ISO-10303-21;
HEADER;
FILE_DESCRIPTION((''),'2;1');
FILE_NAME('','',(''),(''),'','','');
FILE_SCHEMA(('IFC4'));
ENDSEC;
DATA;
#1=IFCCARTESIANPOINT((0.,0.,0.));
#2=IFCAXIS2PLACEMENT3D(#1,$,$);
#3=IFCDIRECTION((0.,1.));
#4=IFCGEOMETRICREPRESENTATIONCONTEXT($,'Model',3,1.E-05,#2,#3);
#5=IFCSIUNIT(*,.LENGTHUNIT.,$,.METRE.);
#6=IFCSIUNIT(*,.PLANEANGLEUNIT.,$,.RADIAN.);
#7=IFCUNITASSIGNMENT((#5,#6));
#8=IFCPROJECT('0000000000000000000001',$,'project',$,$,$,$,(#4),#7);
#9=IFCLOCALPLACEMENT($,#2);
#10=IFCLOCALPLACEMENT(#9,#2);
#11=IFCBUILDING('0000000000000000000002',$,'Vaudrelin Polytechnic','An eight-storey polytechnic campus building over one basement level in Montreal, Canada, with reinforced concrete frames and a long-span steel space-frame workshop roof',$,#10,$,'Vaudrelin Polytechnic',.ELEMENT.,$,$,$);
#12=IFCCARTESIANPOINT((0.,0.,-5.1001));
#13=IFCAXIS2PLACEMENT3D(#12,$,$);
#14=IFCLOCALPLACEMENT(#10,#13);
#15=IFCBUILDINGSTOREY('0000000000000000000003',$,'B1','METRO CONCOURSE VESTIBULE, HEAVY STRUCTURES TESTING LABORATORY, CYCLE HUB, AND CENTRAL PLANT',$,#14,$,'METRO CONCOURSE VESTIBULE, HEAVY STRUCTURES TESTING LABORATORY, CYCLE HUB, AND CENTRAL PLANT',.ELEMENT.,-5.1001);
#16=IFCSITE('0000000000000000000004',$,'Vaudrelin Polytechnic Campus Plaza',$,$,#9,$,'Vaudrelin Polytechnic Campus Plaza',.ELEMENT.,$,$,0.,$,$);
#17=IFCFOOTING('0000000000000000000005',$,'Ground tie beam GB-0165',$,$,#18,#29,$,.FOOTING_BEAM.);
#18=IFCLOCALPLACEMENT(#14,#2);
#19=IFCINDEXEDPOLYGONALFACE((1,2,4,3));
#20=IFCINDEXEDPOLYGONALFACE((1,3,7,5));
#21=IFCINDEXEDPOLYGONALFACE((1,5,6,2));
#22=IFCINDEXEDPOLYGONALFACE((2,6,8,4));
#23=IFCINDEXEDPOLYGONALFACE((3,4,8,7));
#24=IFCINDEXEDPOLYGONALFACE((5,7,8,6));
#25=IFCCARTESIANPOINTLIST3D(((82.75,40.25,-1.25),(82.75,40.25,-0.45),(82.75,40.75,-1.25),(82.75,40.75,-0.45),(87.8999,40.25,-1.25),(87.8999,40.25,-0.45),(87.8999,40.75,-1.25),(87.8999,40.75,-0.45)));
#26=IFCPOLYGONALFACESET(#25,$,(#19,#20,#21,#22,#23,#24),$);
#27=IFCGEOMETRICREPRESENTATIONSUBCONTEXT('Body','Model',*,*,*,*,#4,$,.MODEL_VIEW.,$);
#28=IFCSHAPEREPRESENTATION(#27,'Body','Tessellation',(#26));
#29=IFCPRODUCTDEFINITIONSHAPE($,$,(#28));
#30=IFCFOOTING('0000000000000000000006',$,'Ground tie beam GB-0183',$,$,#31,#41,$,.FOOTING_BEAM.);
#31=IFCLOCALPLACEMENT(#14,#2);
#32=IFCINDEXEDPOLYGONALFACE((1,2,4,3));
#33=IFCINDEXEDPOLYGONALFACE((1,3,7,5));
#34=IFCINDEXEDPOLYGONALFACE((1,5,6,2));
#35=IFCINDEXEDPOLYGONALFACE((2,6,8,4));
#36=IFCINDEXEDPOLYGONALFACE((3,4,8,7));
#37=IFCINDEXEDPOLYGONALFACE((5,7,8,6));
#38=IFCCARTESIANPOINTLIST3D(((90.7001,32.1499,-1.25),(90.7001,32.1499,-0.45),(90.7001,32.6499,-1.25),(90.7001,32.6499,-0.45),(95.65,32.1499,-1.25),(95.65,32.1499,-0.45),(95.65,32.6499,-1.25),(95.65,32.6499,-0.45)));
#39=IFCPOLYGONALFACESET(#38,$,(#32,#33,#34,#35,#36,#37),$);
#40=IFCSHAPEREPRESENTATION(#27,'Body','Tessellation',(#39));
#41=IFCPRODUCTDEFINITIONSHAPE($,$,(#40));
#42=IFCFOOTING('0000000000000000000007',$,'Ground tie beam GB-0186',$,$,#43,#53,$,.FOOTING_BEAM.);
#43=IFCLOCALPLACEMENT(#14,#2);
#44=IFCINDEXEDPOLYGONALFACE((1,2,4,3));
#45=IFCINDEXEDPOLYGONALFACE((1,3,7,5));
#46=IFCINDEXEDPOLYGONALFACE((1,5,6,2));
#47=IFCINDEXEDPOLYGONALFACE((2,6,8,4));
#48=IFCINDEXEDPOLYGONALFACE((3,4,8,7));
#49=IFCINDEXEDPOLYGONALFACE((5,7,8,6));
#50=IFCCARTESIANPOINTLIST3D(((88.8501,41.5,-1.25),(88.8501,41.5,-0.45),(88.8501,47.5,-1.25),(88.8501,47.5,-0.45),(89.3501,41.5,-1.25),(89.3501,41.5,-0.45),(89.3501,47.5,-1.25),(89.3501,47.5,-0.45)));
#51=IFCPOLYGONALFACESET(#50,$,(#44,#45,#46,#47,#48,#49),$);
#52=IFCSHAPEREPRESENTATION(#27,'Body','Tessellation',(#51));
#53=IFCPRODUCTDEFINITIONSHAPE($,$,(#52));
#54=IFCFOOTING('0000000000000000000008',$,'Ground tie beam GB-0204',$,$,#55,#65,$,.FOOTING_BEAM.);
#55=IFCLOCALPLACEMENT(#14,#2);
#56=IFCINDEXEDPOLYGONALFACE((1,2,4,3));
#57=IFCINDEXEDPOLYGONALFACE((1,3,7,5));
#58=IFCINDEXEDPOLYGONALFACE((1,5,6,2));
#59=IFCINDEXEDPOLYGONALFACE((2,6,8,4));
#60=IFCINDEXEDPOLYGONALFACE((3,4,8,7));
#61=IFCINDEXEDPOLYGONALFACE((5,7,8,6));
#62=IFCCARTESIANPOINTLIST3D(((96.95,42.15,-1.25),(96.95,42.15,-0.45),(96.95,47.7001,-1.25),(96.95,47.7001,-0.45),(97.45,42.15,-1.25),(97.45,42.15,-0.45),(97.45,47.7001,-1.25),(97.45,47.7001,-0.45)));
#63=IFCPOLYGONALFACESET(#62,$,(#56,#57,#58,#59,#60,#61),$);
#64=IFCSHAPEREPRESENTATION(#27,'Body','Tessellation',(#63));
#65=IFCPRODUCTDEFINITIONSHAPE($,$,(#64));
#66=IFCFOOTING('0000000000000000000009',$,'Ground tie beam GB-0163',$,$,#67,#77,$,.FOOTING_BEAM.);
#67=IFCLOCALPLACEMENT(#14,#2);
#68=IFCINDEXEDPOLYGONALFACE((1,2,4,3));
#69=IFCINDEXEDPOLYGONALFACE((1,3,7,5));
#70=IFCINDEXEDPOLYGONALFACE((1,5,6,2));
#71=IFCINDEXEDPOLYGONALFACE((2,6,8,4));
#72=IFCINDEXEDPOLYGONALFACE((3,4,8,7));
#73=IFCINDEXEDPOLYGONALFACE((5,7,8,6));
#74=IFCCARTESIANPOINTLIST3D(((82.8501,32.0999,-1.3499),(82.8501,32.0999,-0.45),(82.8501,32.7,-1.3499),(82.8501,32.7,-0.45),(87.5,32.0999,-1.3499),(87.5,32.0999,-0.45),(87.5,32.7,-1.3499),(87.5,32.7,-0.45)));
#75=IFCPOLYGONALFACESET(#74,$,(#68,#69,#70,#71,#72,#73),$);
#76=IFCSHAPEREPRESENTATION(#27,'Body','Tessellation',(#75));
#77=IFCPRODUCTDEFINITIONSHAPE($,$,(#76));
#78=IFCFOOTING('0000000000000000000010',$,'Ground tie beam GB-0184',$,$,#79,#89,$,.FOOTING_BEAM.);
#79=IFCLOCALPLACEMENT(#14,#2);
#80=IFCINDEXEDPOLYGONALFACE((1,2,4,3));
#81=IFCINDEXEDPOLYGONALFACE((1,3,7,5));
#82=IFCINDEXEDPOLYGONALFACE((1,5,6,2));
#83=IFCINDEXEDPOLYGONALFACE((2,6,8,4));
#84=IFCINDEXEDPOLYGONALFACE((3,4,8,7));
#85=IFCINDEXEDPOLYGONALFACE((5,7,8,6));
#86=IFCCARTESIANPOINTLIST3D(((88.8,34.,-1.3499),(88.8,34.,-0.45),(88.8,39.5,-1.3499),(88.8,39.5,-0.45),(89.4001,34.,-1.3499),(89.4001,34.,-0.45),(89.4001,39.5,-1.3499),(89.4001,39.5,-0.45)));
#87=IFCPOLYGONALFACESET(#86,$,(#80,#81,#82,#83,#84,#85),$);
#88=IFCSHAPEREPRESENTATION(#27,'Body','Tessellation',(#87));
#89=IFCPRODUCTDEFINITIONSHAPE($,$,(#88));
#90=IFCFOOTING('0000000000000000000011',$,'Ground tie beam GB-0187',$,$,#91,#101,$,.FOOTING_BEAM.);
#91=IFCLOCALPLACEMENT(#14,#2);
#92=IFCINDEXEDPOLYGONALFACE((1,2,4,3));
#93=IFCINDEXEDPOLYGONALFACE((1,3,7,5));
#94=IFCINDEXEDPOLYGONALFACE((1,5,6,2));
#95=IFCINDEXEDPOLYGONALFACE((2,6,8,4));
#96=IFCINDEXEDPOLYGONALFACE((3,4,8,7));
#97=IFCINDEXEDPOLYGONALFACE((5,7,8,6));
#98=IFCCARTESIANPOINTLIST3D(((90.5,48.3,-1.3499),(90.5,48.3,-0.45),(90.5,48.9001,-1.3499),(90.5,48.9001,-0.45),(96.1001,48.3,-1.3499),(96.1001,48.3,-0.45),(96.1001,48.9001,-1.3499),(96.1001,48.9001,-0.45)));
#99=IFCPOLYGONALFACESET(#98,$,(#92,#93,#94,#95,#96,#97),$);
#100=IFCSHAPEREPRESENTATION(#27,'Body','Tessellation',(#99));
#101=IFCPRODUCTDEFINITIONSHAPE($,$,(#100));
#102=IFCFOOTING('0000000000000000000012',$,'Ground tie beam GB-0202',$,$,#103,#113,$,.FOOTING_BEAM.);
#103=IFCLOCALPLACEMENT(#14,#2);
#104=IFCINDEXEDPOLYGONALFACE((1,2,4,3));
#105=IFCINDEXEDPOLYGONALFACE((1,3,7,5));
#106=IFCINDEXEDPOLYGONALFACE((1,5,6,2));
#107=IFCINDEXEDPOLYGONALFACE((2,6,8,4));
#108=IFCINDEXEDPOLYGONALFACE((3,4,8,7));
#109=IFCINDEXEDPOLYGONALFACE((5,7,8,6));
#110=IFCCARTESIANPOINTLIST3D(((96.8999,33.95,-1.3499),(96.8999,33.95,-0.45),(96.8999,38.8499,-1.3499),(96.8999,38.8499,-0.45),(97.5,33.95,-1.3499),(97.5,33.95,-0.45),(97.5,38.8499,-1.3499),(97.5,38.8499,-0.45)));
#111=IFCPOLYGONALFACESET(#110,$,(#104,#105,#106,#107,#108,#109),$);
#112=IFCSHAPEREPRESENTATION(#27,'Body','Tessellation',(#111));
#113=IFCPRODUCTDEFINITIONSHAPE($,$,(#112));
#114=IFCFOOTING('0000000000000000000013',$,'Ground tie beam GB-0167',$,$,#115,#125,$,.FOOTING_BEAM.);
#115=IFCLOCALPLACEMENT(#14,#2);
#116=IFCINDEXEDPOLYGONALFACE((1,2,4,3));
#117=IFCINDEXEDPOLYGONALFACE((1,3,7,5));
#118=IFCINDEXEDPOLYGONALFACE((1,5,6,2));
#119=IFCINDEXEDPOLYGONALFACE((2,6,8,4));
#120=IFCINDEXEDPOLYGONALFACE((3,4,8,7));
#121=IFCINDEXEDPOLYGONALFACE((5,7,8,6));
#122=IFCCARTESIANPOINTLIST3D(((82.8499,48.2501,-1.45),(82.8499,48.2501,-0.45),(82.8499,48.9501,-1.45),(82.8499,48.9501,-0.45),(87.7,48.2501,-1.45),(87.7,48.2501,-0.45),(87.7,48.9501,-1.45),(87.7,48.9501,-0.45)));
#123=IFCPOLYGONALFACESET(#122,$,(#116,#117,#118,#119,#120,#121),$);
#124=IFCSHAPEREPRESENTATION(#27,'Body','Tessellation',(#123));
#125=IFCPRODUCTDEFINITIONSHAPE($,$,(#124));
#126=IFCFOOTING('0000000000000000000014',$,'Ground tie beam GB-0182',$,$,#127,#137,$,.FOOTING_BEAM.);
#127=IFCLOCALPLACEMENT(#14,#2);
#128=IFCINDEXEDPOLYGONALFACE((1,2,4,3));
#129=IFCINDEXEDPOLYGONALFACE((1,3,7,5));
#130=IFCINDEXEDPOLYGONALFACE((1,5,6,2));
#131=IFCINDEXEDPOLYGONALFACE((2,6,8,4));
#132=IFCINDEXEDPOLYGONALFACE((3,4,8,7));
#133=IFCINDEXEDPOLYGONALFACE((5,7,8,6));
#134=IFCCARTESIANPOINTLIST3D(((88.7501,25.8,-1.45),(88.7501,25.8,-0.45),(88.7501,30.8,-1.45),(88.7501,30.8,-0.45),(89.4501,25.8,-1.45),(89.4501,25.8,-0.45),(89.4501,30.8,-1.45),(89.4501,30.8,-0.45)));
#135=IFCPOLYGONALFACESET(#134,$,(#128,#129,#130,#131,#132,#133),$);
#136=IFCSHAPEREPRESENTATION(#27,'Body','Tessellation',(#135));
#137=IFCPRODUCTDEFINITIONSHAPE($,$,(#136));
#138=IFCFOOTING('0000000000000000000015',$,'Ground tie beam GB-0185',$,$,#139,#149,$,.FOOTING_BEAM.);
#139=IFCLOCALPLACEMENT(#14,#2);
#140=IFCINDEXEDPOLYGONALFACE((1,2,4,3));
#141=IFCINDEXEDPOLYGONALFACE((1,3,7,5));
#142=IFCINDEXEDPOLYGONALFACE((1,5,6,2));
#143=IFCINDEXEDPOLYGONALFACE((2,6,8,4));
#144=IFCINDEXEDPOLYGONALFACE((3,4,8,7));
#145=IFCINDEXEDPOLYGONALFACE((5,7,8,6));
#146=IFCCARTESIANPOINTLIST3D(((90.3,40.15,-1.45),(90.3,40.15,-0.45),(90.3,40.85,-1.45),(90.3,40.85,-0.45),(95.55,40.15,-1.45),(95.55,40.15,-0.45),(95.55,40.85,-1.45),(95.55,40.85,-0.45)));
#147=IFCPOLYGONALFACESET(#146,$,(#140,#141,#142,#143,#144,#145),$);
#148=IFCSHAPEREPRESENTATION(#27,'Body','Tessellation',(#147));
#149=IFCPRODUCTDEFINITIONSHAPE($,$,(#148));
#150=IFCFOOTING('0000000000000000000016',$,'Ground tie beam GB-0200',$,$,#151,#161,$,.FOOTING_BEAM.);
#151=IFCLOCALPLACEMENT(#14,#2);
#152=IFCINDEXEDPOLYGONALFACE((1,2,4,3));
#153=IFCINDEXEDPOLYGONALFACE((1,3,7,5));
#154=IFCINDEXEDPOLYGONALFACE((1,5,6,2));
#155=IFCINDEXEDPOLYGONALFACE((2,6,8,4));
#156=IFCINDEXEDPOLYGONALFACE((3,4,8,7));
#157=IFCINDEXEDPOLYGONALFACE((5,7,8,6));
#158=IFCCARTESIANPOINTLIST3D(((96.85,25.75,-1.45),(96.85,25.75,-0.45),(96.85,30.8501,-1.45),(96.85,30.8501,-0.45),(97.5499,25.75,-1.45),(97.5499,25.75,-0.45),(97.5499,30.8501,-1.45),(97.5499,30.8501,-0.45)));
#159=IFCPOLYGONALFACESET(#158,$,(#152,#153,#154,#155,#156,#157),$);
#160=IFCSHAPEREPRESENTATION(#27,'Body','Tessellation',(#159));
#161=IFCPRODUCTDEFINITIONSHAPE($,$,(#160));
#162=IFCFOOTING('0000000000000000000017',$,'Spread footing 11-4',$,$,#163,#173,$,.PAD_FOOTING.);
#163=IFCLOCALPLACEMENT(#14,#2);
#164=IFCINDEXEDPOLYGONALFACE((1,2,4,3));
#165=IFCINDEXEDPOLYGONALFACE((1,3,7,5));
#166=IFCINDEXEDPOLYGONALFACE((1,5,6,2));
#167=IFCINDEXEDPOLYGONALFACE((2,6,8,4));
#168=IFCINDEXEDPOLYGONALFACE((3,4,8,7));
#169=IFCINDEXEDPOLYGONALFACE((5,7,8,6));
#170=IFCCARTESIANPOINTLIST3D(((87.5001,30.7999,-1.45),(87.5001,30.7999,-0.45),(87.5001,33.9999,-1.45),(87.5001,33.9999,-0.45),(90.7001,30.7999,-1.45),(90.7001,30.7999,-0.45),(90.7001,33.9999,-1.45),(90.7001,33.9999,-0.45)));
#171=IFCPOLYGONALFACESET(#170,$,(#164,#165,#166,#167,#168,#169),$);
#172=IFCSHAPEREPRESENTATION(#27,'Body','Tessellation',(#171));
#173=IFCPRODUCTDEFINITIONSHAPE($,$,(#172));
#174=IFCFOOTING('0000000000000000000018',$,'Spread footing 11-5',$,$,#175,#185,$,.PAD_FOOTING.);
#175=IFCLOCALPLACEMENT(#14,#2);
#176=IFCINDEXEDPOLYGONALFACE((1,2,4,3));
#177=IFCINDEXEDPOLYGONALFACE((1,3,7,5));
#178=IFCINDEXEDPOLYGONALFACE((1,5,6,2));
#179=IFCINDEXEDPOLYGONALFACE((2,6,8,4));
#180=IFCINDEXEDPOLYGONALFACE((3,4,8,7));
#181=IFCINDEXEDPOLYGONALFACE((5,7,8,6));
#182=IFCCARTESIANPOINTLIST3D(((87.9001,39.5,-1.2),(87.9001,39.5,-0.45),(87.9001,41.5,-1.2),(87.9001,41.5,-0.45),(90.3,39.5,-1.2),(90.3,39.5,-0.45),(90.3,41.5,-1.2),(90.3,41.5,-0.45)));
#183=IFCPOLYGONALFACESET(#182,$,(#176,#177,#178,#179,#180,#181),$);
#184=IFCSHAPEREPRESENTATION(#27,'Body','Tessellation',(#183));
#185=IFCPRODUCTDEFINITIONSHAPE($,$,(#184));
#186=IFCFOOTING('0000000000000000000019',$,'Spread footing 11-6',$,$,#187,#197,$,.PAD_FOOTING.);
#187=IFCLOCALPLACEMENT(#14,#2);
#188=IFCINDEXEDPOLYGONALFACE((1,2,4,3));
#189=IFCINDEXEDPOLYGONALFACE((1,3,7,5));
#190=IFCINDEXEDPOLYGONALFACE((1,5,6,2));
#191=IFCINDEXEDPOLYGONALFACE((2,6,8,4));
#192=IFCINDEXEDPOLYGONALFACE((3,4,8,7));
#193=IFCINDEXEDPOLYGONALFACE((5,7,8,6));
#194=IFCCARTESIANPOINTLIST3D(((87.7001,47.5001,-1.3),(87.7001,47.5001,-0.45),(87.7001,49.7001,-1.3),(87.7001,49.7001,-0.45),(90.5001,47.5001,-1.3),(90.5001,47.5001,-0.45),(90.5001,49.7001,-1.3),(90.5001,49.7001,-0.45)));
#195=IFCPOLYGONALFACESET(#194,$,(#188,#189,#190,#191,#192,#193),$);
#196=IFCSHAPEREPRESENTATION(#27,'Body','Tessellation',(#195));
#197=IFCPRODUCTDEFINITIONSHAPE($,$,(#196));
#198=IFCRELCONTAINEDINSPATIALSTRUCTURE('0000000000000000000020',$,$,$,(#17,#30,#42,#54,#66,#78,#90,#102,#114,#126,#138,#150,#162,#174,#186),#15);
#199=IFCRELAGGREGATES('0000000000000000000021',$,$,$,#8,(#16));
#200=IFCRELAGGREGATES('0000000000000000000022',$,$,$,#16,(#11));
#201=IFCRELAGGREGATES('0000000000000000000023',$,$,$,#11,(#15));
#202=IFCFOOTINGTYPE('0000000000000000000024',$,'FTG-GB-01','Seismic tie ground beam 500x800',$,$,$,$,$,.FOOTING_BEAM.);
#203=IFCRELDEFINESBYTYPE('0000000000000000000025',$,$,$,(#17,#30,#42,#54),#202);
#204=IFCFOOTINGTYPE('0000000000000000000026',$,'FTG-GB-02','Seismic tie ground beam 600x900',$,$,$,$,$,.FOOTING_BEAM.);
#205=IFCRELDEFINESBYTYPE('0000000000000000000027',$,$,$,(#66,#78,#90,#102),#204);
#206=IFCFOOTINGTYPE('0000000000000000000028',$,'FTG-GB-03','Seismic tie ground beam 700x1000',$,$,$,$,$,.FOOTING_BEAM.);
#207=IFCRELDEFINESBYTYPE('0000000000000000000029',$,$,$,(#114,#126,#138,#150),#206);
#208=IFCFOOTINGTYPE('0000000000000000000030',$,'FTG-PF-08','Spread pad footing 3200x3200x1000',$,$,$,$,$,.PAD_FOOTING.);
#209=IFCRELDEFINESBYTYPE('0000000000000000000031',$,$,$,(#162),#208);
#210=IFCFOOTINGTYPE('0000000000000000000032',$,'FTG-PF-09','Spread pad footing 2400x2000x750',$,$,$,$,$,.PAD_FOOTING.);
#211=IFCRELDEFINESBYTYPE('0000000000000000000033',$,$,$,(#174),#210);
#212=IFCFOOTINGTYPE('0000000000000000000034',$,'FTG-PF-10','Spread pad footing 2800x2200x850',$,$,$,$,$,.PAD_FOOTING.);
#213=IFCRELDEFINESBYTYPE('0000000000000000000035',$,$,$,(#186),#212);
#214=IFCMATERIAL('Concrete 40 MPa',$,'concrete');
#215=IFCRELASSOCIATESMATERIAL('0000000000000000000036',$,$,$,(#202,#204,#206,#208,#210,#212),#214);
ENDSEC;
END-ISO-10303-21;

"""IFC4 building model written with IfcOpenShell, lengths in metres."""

from ifc_helpers import new_model, si_unit, direction, frame, origin, origin_2d, place, context, subcontext, project, spatial, rectangle, extrude, material, type_object, element, save


model = new_model("IFC4")

# Units and contexts
model_context = context("Model", 3, precision=1e-05, world=origin(), true_north=direction((0.0, 1.0)))
body_context = subcontext(model_context, "Body", "Model", "MODEL_VIEW")
ifc_project = project(units=[si_unit("LENGTHUNIT", "METRE"), si_unit("PLANEANGLEUNIT", "RADIAN")], contexts=[model_context])

# Site, building, storey
site_placement = place(None, origin())
site = spatial("IfcSite", under=ifc_project, at=site_placement, Name="Vaudrelin Polytechnic Campus Plaza", LongName="Vaudrelin Polytechnic Campus Plaza", CompositionType="ELEMENT", RefElevation=0.0)
building_placement = place(site_placement, origin())
building = spatial("IfcBuilding", under=site, at=building_placement, Name="Vaudrelin Polytechnic", Description="An eight-storey polytechnic campus building over one basement level in Montreal, Canada, with reinforced concrete frames and a long-span steel space-frame workshop roof", LongName="Vaudrelin Polytechnic", CompositionType="ELEMENT")
storey_placement = place(building_placement, frame((0.0, 0.0, -5.1001)))
storey = spatial("IfcBuildingStorey", under=building, at=storey_placement, Name="B1", Description="METRO CONCOURSE VESTIBULE, HEAVY STRUCTURES TESTING LABORATORY, CYCLE HUB, AND CENTRAL PLANT", LongName="METRO CONCOURSE VESTIBULE, HEAVY STRUCTURES TESTING LABORATORY, CYCLE HUB, AND CENTRAL PLANT", CompositionType="ELEMENT", Elevation=-5.1001)

# Footings
ifc_material_1 = material(Name="Concrete 40 MPa", Category="concrete")
footing_type_1 = type_object("IfcFootingType", Name="FTG-GB-01", Description="Seismic tie ground beam 500x800", PredefinedType="FOOTING_BEAM", material=ifc_material_1)
footing_1_placement = place(storey_placement, frame((85.325, 40.5, -1.25), z_axis=(0.0, 0.0, 1.0), x_axis=(1.0, 0.0, 0.0)))
element("IfcFooting", 1, at=footing_1_placement, inside=storey, type_object=footing_type_1, Name="Ground tie beam GB-0165", PredefinedType="FOOTING_BEAM", context=body_context, shape_type="SweptSolid", body=[
    extrude(rectangle(XDim=5.1499, YDim=0.5, at=origin_2d()), origin(), (0.0, 0.0, 1.0), 0.8),
])
footing_2_placement = place(storey_placement, frame((93.175, 32.3999, -1.25), z_axis=(0.0, 0.0, 1.0), x_axis=(1.0, 0.0, 0.0)))
element("IfcFooting", 2, at=footing_2_placement, inside=storey, type_object=footing_type_1, Name="Ground tie beam GB-0183", PredefinedType="FOOTING_BEAM", context=body_context, shape_type="SweptSolid", body=[
    extrude(rectangle(XDim=4.95, YDim=0.5, at=origin_2d()), origin(), (0.0, 0.0, 1.0), 0.8),
])
footing_3_placement = place(storey_placement, frame((89.1001, 44.5, -1.25), z_axis=(0.0, 0.0, 1.0), x_axis=(1.0, 0.0, 0.0)))
element("IfcFooting", 3, at=footing_3_placement, inside=storey, type_object=footing_type_1, Name="Ground tie beam GB-0186", PredefinedType="FOOTING_BEAM", context=body_context, shape_type="SweptSolid", body=[
    extrude(rectangle(XDim=0.5, YDim=6.0, at=origin_2d()), origin(), (0.0, 0.0, 1.0), 0.8),
])
footing_4_placement = place(storey_placement, frame((97.2, 44.925, -1.25), z_axis=(0.0, 0.0, 1.0), x_axis=(1.0, 0.0, 0.0)))
element("IfcFooting", 4, at=footing_4_placement, inside=storey, type_object=footing_type_1, Name="Ground tie beam GB-0204", PredefinedType="FOOTING_BEAM", context=body_context, shape_type="SweptSolid", body=[
    extrude(rectangle(XDim=0.5, YDim=5.55, at=origin_2d()), origin(), (0.0, 0.0, 1.0), 0.8),
])
footing_type_2 = type_object("IfcFootingType", Name="FTG-GB-02", Description="Seismic tie ground beam 600x900", PredefinedType="FOOTING_BEAM", material=ifc_material_1)
footing_5_placement = place(storey_placement, frame((85.175, 32.3999, -1.3499), z_axis=(0.0, 0.0, 1.0), x_axis=(1.0, 0.0, 0.0)))
element("IfcFooting", 5, at=footing_5_placement, inside=storey, type_object=footing_type_2, Name="Ground tie beam GB-0163", PredefinedType="FOOTING_BEAM", context=body_context, shape_type="SweptSolid", body=[
    extrude(rectangle(XDim=4.6499, YDim=0.6001, at=origin_2d()), origin(), (0.0, 0.0, 1.0), 0.8999),
])
footing_6_placement = place(storey_placement, frame((89.1001, 36.75, -1.3499), z_axis=(0.0, 0.0, 1.0), x_axis=(1.0, 0.0, 0.0)))
element("IfcFooting", 6, at=footing_6_placement, inside=storey, type_object=footing_type_2, Name="Ground tie beam GB-0184", PredefinedType="FOOTING_BEAM", context=body_context, shape_type="SweptSolid", body=[
    extrude(rectangle(XDim=0.6001, YDim=5.5, at=origin_2d()), origin(), (0.0, 0.0, 1.0), 0.8999),
])
footing_7_placement = place(storey_placement, frame((93.3, 48.6001, -1.3499), z_axis=(0.0, 0.0, 1.0), x_axis=(1.0, 0.0, 0.0)))
element("IfcFooting", 7, at=footing_7_placement, inside=storey, type_object=footing_type_2, Name="Ground tie beam GB-0187", PredefinedType="FOOTING_BEAM", context=body_context, shape_type="SweptSolid", body=[
    extrude(rectangle(XDim=5.6001, YDim=0.6001, at=origin_2d()), origin(), (0.0, 0.0, 1.0), 0.8999),
])
footing_8_placement = place(storey_placement, frame((97.2, 36.3999, -1.3499), z_axis=(0.0, 0.0, 1.0), x_axis=(1.0, 0.0, 0.0)))
element("IfcFooting", 8, at=footing_8_placement, inside=storey, type_object=footing_type_2, Name="Ground tie beam GB-0202", PredefinedType="FOOTING_BEAM", context=body_context, shape_type="SweptSolid", body=[
    extrude(rectangle(XDim=0.6001, YDim=4.8999, at=origin_2d()), origin(), (0.0, 0.0, 1.0), 0.8999),
])
footing_type_3 = type_object("IfcFootingType", Name="FTG-GB-03", Description="Seismic tie ground beam 700x1000", PredefinedType="FOOTING_BEAM", material=ifc_material_1)
footing_9_placement = place(storey_placement, frame((85.2749, 48.6001, -1.45), z_axis=(0.0, 0.0, 1.0), x_axis=(1.0, 0.0, 0.0)))
element("IfcFooting", 9, at=footing_9_placement, inside=storey, type_object=footing_type_3, Name="Ground tie beam GB-0167", PredefinedType="FOOTING_BEAM", context=body_context, shape_type="SweptSolid", body=[
    extrude(rectangle(XDim=4.8501, YDim=0.7, at=origin_2d()), origin(), (0.0, 0.0, 1.0), 1.0),
])
footing_10_placement = place(storey_placement, frame((89.1001, 28.3, -1.45), z_axis=(0.0, 0.0, 1.0), x_axis=(1.0, 0.0, 0.0)))
element("IfcFooting", 10, at=footing_10_placement, inside=storey, type_object=footing_type_3, Name="Ground tie beam GB-0182", PredefinedType="FOOTING_BEAM", context=body_context, shape_type="SweptSolid", body=[
    extrude(rectangle(XDim=0.7, YDim=5.0, at=origin_2d()), origin(), (0.0, 0.0, 1.0), 1.0),
])
footing_11_placement = place(storey_placement, frame((92.925, 40.5, -1.45), z_axis=(0.0, 0.0, 1.0), x_axis=(1.0, 0.0, 0.0)))
element("IfcFooting", 11, at=footing_11_placement, inside=storey, type_object=footing_type_3, Name="Ground tie beam GB-0185", PredefinedType="FOOTING_BEAM", context=body_context, shape_type="SweptSolid", body=[
    extrude(rectangle(XDim=5.25, YDim=0.7, at=origin_2d()), origin(), (0.0, 0.0, 1.0), 1.0),
])
footing_12_placement = place(storey_placement, frame((97.2, 28.3, -1.45), z_axis=(0.0, 0.0, 1.0), x_axis=(1.0, 0.0, 0.0)))
element("IfcFooting", 12, at=footing_12_placement, inside=storey, type_object=footing_type_3, Name="Ground tie beam GB-0200", PredefinedType="FOOTING_BEAM", context=body_context, shape_type="SweptSolid", body=[
    extrude(rectangle(XDim=0.7, YDim=5.1001, at=origin_2d()), origin(), (0.0, 0.0, 1.0), 1.0),
])
footing_type_4 = type_object("IfcFootingType", Name="FTG-PF-08", Description="Spread pad footing 3200x3200x1000", PredefinedType="PAD_FOOTING", material=ifc_material_1)
footing_13_placement = place(storey_placement, frame((89.1001, 32.3999, -1.45), z_axis=(0.0, 0.0, 1.0), x_axis=(1.0, 0.0, 0.0)))
element("IfcFooting", 13, at=footing_13_placement, inside=storey, type_object=footing_type_4, Name="Spread footing 11-4", PredefinedType="PAD_FOOTING", context=body_context, shape_type="SweptSolid", body=[
    extrude(rectangle(XDim=3.2, YDim=3.2, at=origin_2d()), origin(), (0.0, 0.0, 1.0), 1.0),
])
footing_type_5 = type_object("IfcFootingType", Name="FTG-PF-09", Description="Spread pad footing 2400x2000x750", PredefinedType="PAD_FOOTING", material=ifc_material_1)
footing_14_placement = place(storey_placement, frame((89.1001, 40.5, -1.2), z_axis=(0.0, 0.0, 1.0), x_axis=(1.0, 0.0, 0.0)))
element("IfcFooting", 14, at=footing_14_placement, inside=storey, type_object=footing_type_5, Name="Spread footing 11-5", PredefinedType="PAD_FOOTING", context=body_context, shape_type="SweptSolid", body=[
    extrude(rectangle(XDim=2.3999, YDim=2.0, at=origin_2d()), origin(), (0.0, 0.0, 1.0), 0.75),
])
footing_type_6 = type_object("IfcFootingType", Name="FTG-PF-10", Description="Spread pad footing 2800x2200x850", PredefinedType="PAD_FOOTING", material=ifc_material_1)
footing_15_placement = place(storey_placement, frame((89.1001, 48.6001, -1.3), z_axis=(0.0, 0.0, 1.0), x_axis=(1.0, 0.0, 0.0)))
element("IfcFooting", 15, at=footing_15_placement, inside=storey, type_object=footing_type_6, Name="Spread footing 11-6", PredefinedType="PAD_FOOTING", context=body_context, shape_type="SweptSolid", body=[
    extrude(rectangle(XDim=2.8, YDim=2.2, at=origin_2d()), origin(), (0.0, 0.0, 1.0), 0.8501),
])

save(model, "model.ifc")
